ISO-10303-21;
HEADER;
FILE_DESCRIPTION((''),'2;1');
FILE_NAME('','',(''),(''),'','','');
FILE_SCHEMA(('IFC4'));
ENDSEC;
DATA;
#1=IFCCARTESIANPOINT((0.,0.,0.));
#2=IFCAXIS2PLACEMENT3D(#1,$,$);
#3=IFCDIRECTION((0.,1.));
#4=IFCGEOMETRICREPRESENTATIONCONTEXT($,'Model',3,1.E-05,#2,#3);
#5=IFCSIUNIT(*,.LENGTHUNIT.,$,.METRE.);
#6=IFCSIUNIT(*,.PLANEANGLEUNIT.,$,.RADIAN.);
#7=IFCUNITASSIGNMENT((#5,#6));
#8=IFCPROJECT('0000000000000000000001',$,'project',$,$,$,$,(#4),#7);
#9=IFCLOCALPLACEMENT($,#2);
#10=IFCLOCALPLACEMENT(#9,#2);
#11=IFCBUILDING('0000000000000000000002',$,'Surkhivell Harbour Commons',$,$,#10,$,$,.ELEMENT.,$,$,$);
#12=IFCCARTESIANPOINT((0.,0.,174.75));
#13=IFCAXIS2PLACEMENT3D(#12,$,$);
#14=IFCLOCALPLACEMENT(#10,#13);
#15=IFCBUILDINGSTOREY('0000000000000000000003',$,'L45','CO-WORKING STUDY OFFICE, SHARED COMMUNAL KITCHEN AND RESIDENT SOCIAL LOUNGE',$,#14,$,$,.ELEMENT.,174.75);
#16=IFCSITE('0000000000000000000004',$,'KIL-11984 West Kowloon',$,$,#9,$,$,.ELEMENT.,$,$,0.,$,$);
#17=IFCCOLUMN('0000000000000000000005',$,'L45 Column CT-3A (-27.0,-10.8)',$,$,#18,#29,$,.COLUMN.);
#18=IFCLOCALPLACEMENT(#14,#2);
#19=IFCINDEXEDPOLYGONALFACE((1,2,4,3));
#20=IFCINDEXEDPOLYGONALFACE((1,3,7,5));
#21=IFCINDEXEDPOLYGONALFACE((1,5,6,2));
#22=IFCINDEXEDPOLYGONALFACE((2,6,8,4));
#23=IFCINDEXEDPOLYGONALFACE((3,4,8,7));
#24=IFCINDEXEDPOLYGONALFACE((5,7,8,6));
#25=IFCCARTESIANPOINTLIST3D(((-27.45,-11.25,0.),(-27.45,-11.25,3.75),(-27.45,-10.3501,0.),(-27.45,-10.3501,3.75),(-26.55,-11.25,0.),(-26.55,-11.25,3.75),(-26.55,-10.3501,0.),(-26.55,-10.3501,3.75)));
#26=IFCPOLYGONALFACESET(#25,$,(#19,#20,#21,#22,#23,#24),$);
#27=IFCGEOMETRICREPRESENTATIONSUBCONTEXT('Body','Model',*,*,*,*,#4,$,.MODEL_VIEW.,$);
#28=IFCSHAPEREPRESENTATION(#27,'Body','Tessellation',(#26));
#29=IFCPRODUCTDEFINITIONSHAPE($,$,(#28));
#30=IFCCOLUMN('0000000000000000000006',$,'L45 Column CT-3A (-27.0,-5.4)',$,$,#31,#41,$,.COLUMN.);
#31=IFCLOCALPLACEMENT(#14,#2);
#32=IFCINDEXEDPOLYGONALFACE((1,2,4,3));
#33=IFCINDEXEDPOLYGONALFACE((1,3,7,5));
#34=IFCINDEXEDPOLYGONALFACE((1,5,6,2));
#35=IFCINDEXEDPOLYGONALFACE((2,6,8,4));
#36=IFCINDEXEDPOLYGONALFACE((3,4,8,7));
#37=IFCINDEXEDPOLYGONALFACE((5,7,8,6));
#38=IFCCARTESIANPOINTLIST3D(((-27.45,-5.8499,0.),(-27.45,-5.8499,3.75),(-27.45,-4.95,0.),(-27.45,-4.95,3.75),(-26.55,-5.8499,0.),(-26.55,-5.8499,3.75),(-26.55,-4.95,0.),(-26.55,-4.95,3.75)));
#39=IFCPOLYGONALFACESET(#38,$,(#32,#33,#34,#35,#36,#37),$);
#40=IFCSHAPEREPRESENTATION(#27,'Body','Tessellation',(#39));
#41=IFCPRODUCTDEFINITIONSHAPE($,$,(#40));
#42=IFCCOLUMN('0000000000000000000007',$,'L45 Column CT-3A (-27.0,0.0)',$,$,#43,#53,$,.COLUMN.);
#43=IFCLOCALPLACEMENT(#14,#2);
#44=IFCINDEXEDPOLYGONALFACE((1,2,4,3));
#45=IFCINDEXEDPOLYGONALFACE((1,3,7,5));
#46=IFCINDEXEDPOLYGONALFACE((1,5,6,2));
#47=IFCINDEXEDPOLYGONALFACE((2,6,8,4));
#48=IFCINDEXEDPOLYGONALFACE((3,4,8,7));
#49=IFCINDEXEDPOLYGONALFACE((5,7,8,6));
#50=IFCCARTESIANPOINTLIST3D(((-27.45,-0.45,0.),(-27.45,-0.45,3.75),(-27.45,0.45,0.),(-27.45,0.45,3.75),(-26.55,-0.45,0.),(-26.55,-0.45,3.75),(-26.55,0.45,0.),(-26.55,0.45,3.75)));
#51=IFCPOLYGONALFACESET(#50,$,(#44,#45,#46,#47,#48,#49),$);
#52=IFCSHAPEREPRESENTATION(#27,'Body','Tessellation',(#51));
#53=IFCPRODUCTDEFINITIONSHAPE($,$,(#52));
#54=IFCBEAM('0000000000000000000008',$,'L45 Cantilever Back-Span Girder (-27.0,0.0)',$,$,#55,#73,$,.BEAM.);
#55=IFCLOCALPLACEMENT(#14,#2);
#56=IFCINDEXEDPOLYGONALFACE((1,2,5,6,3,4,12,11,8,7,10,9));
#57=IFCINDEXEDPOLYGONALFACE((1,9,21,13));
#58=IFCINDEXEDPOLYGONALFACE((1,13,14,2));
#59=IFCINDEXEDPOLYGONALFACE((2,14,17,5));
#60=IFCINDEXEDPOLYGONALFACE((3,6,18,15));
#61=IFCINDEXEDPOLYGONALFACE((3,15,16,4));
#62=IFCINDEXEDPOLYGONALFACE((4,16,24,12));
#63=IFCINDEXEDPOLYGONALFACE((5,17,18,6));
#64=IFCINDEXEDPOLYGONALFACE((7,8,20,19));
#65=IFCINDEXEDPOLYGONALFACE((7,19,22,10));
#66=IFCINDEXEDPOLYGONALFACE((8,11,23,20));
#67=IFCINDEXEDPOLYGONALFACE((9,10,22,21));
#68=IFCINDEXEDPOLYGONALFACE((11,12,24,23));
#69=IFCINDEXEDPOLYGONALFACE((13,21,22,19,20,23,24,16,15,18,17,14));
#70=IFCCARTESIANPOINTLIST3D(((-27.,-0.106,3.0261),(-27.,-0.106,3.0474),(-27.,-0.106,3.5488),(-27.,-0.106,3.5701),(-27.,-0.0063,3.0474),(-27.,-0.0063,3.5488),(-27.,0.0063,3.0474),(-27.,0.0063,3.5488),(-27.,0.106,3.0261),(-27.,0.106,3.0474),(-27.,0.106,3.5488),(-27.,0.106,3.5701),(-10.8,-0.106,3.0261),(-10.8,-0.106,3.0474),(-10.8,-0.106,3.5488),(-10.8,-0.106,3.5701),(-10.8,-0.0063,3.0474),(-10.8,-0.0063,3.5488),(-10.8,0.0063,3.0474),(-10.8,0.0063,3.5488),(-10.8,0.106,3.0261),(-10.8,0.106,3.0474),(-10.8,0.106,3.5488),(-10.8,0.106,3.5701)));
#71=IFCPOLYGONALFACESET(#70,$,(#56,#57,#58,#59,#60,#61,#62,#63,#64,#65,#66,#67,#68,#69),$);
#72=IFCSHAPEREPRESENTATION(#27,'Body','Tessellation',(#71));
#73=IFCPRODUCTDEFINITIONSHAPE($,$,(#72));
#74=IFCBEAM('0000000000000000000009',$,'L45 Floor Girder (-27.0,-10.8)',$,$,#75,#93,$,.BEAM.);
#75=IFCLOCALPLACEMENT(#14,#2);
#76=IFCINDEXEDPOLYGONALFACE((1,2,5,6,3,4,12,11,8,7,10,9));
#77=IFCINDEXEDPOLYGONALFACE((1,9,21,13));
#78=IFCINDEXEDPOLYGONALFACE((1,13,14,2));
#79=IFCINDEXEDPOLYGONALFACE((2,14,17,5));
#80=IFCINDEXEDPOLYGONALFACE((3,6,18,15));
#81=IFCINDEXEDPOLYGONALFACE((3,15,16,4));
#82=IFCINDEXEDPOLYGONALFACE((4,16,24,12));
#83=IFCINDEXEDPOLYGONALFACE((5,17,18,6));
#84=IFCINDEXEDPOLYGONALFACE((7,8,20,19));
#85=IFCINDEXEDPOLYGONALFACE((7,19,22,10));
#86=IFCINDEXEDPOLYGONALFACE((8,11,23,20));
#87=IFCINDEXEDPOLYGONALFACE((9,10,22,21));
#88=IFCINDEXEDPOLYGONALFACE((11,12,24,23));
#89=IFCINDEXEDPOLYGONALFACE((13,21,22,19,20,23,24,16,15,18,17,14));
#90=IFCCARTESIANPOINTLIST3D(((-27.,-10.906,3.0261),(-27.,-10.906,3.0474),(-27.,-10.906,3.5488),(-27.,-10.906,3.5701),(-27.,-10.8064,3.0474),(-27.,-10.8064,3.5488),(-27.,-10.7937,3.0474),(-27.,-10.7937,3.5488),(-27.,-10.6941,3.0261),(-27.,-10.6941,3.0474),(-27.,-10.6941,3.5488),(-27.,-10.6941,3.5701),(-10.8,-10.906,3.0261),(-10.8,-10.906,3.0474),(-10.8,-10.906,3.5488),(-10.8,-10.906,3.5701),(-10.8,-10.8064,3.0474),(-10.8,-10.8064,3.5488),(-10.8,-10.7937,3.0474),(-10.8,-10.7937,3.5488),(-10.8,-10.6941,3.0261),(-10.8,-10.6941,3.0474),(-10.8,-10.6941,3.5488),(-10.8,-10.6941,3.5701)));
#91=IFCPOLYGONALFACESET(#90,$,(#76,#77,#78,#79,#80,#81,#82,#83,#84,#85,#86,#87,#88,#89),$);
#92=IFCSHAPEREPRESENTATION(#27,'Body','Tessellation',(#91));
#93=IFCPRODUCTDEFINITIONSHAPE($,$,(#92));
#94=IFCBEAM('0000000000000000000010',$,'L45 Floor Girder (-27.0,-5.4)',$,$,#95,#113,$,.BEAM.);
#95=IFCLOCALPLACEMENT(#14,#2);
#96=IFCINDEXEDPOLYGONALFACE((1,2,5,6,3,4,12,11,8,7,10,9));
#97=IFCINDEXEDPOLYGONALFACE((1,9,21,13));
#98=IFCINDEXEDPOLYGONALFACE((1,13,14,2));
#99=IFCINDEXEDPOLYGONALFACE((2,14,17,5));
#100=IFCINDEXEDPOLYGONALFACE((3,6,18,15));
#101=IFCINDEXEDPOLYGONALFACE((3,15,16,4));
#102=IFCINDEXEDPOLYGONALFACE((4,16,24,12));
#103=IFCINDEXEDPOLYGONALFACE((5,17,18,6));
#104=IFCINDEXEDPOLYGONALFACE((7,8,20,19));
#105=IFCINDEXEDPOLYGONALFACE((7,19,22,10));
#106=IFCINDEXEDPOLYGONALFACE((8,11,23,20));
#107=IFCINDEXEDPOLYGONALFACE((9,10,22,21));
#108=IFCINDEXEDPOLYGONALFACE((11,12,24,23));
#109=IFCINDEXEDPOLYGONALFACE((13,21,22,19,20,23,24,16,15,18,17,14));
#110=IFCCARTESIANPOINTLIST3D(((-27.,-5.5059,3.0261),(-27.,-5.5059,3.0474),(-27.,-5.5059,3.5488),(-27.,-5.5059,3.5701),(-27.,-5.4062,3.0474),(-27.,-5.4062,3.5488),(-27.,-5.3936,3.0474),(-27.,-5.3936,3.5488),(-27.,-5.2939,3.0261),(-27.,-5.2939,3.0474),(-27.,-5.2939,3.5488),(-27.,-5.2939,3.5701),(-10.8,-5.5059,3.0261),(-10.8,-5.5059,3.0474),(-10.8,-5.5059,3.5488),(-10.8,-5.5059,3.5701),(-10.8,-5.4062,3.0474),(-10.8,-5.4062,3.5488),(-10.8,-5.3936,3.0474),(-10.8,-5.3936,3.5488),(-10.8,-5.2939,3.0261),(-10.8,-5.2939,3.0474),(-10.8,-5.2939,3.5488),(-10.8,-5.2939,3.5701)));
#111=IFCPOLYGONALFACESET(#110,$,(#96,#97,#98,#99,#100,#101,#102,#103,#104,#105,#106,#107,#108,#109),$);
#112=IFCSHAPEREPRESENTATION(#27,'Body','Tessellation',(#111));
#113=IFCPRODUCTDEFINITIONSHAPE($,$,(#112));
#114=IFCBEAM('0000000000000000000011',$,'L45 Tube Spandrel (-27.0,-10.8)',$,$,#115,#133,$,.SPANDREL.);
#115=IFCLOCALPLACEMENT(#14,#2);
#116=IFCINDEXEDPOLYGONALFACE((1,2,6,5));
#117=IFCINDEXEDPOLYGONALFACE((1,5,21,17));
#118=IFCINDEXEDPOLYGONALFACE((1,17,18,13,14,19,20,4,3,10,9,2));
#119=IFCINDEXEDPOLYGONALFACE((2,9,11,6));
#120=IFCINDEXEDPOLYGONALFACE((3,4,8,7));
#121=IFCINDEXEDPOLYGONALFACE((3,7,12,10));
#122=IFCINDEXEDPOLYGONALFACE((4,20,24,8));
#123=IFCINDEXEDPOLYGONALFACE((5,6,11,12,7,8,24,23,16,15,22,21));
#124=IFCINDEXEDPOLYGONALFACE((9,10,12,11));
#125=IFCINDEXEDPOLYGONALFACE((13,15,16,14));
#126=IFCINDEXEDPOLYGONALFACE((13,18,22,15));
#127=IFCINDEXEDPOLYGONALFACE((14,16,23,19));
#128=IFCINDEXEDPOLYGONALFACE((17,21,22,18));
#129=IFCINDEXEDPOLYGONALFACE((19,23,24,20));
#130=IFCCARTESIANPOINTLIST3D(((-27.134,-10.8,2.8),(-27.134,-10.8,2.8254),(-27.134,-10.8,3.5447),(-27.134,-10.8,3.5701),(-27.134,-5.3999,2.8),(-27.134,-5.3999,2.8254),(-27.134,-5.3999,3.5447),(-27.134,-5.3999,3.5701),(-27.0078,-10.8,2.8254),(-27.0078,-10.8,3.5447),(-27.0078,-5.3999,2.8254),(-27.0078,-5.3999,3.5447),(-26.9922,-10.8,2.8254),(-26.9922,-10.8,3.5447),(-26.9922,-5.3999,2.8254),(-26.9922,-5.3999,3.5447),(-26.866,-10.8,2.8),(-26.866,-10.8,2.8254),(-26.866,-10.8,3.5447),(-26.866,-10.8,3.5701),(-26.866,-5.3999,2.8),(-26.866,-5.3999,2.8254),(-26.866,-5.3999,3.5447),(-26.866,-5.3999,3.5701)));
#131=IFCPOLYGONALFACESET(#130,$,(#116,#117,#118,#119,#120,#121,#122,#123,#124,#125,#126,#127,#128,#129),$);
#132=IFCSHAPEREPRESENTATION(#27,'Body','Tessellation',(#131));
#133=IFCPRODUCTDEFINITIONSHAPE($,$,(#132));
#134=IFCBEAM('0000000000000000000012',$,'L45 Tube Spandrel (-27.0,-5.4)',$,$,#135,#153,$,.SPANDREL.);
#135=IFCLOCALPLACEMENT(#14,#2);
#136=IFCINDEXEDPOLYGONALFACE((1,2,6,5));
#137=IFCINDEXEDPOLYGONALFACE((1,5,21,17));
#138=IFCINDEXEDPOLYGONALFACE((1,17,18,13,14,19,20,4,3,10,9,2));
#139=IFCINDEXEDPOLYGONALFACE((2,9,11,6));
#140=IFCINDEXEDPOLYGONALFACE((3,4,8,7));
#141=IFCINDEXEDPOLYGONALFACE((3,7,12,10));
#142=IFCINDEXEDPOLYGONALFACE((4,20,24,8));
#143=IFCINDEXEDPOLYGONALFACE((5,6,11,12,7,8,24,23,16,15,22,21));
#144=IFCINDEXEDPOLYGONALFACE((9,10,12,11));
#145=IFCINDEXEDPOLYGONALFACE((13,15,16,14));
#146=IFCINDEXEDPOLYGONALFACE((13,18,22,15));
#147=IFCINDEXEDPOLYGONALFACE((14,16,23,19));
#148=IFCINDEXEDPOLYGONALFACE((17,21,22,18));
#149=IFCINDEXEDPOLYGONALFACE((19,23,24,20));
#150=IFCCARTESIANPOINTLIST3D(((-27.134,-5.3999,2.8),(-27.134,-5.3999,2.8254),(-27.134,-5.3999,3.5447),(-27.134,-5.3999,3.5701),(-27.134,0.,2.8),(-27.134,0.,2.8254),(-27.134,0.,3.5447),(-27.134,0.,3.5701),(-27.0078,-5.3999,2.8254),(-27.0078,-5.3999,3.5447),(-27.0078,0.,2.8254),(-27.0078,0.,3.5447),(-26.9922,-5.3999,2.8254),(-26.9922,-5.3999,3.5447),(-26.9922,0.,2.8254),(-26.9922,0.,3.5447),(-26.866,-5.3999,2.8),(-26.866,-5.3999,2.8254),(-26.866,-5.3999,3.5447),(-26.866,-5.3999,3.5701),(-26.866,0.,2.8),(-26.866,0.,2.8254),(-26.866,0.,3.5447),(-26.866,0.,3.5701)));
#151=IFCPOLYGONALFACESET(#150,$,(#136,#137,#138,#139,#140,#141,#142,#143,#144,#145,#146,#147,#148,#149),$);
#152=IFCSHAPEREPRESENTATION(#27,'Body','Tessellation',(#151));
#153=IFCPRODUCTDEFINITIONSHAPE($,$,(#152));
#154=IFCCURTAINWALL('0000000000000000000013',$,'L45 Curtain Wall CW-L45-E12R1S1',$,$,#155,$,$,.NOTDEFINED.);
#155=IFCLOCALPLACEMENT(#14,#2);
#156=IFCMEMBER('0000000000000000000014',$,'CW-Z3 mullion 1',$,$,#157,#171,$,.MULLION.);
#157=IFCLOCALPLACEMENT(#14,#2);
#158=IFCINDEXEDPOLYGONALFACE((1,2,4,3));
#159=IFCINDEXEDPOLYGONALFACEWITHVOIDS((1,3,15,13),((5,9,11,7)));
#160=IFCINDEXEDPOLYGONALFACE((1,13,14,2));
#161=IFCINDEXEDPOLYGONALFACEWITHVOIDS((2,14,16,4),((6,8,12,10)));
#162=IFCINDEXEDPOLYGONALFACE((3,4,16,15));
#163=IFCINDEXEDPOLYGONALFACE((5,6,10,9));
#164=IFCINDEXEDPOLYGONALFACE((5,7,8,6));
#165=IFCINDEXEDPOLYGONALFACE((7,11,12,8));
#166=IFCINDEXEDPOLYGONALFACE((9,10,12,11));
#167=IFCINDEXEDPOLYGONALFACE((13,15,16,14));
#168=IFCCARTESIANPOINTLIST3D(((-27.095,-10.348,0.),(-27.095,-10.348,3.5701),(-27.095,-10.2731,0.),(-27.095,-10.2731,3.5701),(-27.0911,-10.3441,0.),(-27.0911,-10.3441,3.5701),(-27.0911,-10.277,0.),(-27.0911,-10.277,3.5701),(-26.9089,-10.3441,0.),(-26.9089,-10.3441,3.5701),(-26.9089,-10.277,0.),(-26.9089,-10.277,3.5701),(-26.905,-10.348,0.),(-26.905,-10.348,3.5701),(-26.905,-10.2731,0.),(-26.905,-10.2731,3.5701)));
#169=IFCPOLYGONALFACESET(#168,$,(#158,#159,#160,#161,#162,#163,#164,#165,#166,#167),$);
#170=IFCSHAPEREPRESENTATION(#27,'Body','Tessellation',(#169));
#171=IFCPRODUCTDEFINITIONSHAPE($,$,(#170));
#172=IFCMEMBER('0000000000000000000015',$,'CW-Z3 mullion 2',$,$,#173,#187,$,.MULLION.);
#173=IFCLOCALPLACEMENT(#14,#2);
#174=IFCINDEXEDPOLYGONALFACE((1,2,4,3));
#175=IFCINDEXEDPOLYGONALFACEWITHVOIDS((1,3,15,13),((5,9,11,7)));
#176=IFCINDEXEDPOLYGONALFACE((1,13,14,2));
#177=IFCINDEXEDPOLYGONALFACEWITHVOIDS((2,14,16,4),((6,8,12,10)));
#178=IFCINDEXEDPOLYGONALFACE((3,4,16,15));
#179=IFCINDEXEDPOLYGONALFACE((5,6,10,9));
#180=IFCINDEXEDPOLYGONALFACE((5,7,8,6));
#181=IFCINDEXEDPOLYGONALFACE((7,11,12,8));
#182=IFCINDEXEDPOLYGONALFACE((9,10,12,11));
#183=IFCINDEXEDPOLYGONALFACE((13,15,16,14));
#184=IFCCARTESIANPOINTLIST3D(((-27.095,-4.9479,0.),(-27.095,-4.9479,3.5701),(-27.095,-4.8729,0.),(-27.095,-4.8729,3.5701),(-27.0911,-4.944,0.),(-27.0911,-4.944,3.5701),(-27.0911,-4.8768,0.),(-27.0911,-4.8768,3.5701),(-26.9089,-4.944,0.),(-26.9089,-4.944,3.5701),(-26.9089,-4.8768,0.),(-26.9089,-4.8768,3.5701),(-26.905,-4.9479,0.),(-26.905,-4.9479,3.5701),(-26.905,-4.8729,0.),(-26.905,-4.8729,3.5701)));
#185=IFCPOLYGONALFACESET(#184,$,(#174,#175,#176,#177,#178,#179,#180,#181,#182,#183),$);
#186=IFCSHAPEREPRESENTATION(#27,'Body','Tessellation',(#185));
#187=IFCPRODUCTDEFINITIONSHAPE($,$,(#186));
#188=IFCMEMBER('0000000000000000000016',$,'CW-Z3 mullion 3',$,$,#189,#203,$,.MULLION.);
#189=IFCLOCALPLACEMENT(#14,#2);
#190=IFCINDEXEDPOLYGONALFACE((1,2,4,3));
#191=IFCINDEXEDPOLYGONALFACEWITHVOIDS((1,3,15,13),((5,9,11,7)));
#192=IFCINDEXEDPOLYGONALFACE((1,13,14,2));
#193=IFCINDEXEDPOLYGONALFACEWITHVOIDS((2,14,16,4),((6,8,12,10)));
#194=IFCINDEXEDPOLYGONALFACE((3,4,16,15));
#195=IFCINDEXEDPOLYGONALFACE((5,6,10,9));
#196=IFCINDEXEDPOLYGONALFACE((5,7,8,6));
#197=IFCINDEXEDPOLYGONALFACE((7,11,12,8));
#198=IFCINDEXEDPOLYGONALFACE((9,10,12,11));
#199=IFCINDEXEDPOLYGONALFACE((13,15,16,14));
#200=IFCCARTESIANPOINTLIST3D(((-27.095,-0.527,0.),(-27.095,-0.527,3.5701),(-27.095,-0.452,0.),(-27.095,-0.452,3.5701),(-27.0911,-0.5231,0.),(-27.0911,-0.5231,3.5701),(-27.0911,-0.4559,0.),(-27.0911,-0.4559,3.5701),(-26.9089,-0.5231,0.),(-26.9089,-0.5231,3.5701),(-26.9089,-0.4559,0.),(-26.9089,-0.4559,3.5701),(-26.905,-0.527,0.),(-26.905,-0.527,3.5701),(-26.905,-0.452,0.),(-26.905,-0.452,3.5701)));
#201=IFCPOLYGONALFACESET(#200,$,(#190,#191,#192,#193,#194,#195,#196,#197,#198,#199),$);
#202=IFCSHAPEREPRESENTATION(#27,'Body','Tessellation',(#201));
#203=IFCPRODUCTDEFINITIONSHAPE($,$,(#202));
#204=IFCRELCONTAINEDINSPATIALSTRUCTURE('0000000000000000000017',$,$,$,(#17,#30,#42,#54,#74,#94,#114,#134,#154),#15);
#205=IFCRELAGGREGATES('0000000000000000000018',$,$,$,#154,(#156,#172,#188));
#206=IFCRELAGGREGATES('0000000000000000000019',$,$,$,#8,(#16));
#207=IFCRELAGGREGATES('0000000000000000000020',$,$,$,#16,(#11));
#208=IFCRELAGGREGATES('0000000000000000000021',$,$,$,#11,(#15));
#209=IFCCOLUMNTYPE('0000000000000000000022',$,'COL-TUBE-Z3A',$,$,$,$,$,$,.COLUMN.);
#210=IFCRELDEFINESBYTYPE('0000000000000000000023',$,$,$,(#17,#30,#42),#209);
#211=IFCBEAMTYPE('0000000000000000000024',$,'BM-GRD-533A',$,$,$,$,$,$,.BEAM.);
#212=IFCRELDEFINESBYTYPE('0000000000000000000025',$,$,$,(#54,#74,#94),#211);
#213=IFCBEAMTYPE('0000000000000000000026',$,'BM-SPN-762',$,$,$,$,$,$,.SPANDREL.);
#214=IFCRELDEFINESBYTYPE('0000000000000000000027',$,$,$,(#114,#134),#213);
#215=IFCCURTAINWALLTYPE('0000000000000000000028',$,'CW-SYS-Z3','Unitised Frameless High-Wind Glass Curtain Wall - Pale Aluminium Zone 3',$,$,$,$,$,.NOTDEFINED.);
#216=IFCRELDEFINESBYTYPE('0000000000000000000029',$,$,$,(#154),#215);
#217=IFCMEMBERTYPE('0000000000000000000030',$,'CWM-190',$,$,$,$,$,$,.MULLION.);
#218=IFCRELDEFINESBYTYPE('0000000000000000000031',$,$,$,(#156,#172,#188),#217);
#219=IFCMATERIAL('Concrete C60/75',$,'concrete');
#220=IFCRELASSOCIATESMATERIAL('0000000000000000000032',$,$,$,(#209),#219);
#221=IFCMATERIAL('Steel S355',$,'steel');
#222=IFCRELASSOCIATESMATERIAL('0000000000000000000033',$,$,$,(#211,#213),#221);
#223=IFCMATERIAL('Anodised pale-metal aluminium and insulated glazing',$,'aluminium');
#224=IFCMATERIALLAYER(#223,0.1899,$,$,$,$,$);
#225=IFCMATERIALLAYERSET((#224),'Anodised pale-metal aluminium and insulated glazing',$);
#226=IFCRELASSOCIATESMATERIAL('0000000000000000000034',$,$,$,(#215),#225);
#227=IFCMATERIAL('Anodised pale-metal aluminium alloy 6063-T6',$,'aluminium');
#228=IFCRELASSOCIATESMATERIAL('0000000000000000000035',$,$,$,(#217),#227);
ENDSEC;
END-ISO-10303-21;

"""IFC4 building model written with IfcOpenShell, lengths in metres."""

from ifc_helpers import new_model, si_unit, direction, frame, origin, origin_2d, place, context, subcontext, project, spatial, rectangle, hollow_rectangle, i_section, extrude, material, layer, layer_set, material_profile, profile_set, type_object, element, aggregate, save


model = new_model("IFC4")

# Units and contexts
model_context = context("Model", 3, precision=1e-05, world=origin(), true_north=direction((0.0, 1.0)))
body_context = subcontext(model_context, "Body", "Model", "MODEL_VIEW")
ifc_project = project(units=[si_unit("LENGTHUNIT", "METRE"), si_unit("PLANEANGLEUNIT", "RADIAN")], contexts=[model_context])

# Site, building, storey
site_placement = place(None, origin())
site = spatial("IfcSite", under=ifc_project, at=site_placement, Name="KIL-11984 West Kowloon", CompositionType="ELEMENT", RefElevation=0.0)
building_placement = place(site_placement, origin())
building = spatial("IfcBuilding", under=site, at=building_placement, Name="Surkhivell Harbour Commons", CompositionType="ELEMENT")
storey_placement = place(building_placement, frame((0.0, 0.0, 174.75)))
storey = spatial("IfcBuildingStorey", under=building, at=storey_placement, Name="L45", Description="CO-WORKING STUDY OFFICE, SHARED COMMUNAL KITCHEN AND RESIDENT SOCIAL LOUNGE", CompositionType="ELEMENT", Elevation=174.75)

# Columns
ifc_material_1 = material(Name="Concrete C60/75", Category="concrete")
ifc_material_profile_1 = material_profile(ifc_material_1, rectangle(XDim=0.8999, YDim=0.8999, at=origin_2d()), Name="RC-COL-900x900")
ifc_profile_set_1 = profile_set([ifc_material_profile_1], Name="Concrete C60/75")
column_type = type_object("IfcColumnType", Name="COL-TUBE-Z3A", PredefinedType="COLUMN", material=ifc_profile_set_1)
for number, where, z_axis, x_axis, name in (
    (1, (-27.0, -10.8, 0.0), (0.0, 0.0, 1.0), (1.0, 0.0, 0.0), "L45 Column CT-3A (-27.0,-10.8)"),
    (2, (-27.0, -5.3999, 0.0), (0.0, 0.0, 1.0), (1.0, 0.0, 0.0), "L45 Column CT-3A (-27.0,-5.4)"),
    (3, (-27.0, 0.0, 0.0), (0.0, 0.0, 1.0), (1.0, 0.0, 0.0), "L45 Column CT-3A (-27.0,0.0)"),
):
    element("IfcColumn", number, at=place(storey_placement, frame(where, z_axis=z_axis, x_axis=x_axis)), inside=storey, type_object=column_type, Name=name, PredefinedType="COLUMN", context=body_context, shape_type="SweptSolid", body=[
        extrude(rectangle(XDim=0.8999, YDim=0.8999, at=origin_2d()), origin(), (0.0, 0.0, 1.0), 3.75),
    ])

# Beams
ifc_material_2 = material(Name="Steel S355", Category="steel")
ifc_material_profile_2 = material_profile(ifc_material_2, i_section(OverallWidth=0.2119, OverallDepth=0.5439, WebThickness=0.0127, FlangeThickness=0.0212, at=origin_2d()), Name="UB533x210x122")
ifc_profile_set_2 = profile_set([ifc_material_profile_2], Name="Steel S355")
beam_type_1 = type_object("IfcBeamType", Name="BM-GRD-533A", PredefinedType="BEAM", material=ifc_profile_set_2)
for number, where, z_axis, x_axis, name in (
    (4, (-27.0, 0.0, 3.2981), (1.0, 0.0, 0.0), (0.0, 1.0, 0.0), "L45 Cantilever Back-Span Girder (-27.0,0.0)"),
    (5, (-27.0, -10.8, 3.2981), (1.0, 0.0, 0.0), (0.0, 1.0, 0.0), "L45 Floor Girder (-27.0,-10.8)"),
    (6, (-27.0, -5.3999, 3.2981), (1.0, 0.0, 0.0), (0.0, 1.0, 0.0), "L45 Floor Girder (-27.0,-5.4)"),
):
    element("IfcBeam", number, at=place(storey_placement, frame(where, z_axis=z_axis, x_axis=x_axis)), inside=storey, type_object=beam_type_1, Name=name, PredefinedType="BEAM", context=body_context, shape_type="SweptSolid", body=[
        extrude(i_section(OverallWidth=0.2119, OverallDepth=0.5439, WebThickness=0.0127, FlangeThickness=0.0212, at=origin_2d()), origin(), (0.0, 0.0, 1.0), 16.2),
    ])
ifc_material_profile_3 = material_profile(ifc_material_2, i_section(OverallWidth=0.2681, OverallDepth=0.77, WebThickness=0.0156, FlangeThickness=0.0254, at=origin_2d()), Name="UB762x267x197")
ifc_profile_set_3 = profile_set([ifc_material_profile_3], Name="Steel S355")
beam_type_2 = type_object("IfcBeamType", Name="BM-SPN-762", PredefinedType="SPANDREL", material=ifc_profile_set_3)
beam_1_placement = place(storey_placement, frame((-27.0, -10.8, 3.1851), z_axis=(0.0, 1.0, 0.0), x_axis=(-1.0, 0.0, 0.0)))
element("IfcBeam", 7, at=beam_1_placement, inside=storey, type_object=beam_type_2, Name="L45 Tube Spandrel (-27.0,-10.8)", PredefinedType="SPANDREL", context=body_context, shape_type="SweptSolid", body=[
    extrude(i_section(OverallWidth=0.2681, OverallDepth=0.77, WebThickness=0.0156, FlangeThickness=0.0254, at=origin_2d()), origin(), (0.0, 0.0, 1.0), 5.4001),
])
beam_2_placement = place(storey_placement, frame((-27.0, -5.3999, 3.1851), z_axis=(0.0, 1.0, 0.0), x_axis=(-1.0, 0.0, 0.0)))
element("IfcBeam", 8, at=beam_2_placement, inside=storey, type_object=beam_type_2, Name="L45 Tube Spandrel (-27.0,-5.4)", PredefinedType="SPANDREL", context=body_context, shape_type="SweptSolid", body=[
    extrude(i_section(OverallWidth=0.2681, OverallDepth=0.77, WebThickness=0.0156, FlangeThickness=0.0254, at=origin_2d()), origin(), (0.0, 0.0, 1.0), 5.3999),
])

# Curtain wall, members
ifc_material_3 = material(Name="Anodised pale-metal aluminium and insulated glazing", Category="aluminium")
ifc_layer_1 = layer(ifc_material_3, 0.1899)
ifc_layer_set_1 = layer_set([ifc_layer_1], Name="Anodised pale-metal aluminium and insulated glazing")
curtain_wall_type = type_object("IfcCurtainWallType", Name="CW-SYS-Z3", Description="Unitised Frameless High-Wind Glass Curtain Wall - Pale Aluminium Zone 3", PredefinedType="NOTDEFINED", material=ifc_layer_set_1)
curtain_wall_placement = place(storey_placement, origin())
curtain_wall = element("IfcCurtainWall", 9, at=curtain_wall_placement, inside=storey, type_object=curtain_wall_type, Name="L45 Curtain Wall CW-L45-E12R1S1", PredefinedType="NOTDEFINED")
ifc_material_4 = material(Name="Anodised pale-metal aluminium alloy 6063-T6", Category="aluminium")
ifc_material_profile_4 = material_profile(ifc_material_4, hollow_rectangle(XDim=0.075, YDim=0.1899, WallThickness=0.0039, at=origin_2d()), Name="ALU-MULL-75x190")
ifc_profile_set_4 = profile_set([ifc_material_profile_4], Name="Anodised pale-metal aluminium alloy 6063-T6")
member_type_1 = type_object("IfcMemberType", Name="CWM-190", PredefinedType="MULLION", material=ifc_profile_set_4)
member_1_placement = place(storey_placement, frame((-27.0, -10.3105, 0.0), z_axis=(0.0, 0.0, 1.0), x_axis=(0.0, 1.0, 0.0)))
member_1 = element("IfcMember", 10, at=member_1_placement, type_object=member_type_1, Name="CW-Z3 mullion 1", PredefinedType="MULLION", context=body_context, shape_type="SweptSolid", body=[
    extrude(hollow_rectangle(XDim=0.075, YDim=0.1899, WallThickness=0.0039, at=origin_2d()), origin(), (0.0, 0.0, 1.0), 3.5701),
])
member_2_placement = place(storey_placement, frame((-27.0, -4.9104, 0.0), z_axis=(0.0, 0.0, 1.0), x_axis=(0.0, 1.0, 0.0)))
member_2 = element("IfcMember", 11, at=member_2_placement, type_object=member_type_1, Name="CW-Z3 mullion 2", PredefinedType="MULLION", context=body_context, shape_type="SweptSolid", body=[
    extrude(hollow_rectangle(XDim=0.075, YDim=0.1899, WallThickness=0.0039, at=origin_2d()), origin(), (0.0, 0.0, 1.0), 3.5701),
])
member_3_placement = place(storey_placement, frame((-27.0, -0.4895, 0.0), z_axis=(0.0, 0.0, 1.0), x_axis=(0.0, 1.0, 0.0)))
member_3 = element("IfcMember", 12, at=member_3_placement, type_object=member_type_1, Name="CW-Z3 mullion 3", PredefinedType="MULLION", context=body_context, shape_type="SweptSolid", body=[
    extrude(hollow_rectangle(XDim=0.075, YDim=0.1899, WallThickness=0.0039, at=origin_2d()), origin(), (0.0, 0.0, 1.0), 3.5701),
])

aggregate(curtain_wall, [member_1, member_2, member_3])

save(model, "model.ifc")
